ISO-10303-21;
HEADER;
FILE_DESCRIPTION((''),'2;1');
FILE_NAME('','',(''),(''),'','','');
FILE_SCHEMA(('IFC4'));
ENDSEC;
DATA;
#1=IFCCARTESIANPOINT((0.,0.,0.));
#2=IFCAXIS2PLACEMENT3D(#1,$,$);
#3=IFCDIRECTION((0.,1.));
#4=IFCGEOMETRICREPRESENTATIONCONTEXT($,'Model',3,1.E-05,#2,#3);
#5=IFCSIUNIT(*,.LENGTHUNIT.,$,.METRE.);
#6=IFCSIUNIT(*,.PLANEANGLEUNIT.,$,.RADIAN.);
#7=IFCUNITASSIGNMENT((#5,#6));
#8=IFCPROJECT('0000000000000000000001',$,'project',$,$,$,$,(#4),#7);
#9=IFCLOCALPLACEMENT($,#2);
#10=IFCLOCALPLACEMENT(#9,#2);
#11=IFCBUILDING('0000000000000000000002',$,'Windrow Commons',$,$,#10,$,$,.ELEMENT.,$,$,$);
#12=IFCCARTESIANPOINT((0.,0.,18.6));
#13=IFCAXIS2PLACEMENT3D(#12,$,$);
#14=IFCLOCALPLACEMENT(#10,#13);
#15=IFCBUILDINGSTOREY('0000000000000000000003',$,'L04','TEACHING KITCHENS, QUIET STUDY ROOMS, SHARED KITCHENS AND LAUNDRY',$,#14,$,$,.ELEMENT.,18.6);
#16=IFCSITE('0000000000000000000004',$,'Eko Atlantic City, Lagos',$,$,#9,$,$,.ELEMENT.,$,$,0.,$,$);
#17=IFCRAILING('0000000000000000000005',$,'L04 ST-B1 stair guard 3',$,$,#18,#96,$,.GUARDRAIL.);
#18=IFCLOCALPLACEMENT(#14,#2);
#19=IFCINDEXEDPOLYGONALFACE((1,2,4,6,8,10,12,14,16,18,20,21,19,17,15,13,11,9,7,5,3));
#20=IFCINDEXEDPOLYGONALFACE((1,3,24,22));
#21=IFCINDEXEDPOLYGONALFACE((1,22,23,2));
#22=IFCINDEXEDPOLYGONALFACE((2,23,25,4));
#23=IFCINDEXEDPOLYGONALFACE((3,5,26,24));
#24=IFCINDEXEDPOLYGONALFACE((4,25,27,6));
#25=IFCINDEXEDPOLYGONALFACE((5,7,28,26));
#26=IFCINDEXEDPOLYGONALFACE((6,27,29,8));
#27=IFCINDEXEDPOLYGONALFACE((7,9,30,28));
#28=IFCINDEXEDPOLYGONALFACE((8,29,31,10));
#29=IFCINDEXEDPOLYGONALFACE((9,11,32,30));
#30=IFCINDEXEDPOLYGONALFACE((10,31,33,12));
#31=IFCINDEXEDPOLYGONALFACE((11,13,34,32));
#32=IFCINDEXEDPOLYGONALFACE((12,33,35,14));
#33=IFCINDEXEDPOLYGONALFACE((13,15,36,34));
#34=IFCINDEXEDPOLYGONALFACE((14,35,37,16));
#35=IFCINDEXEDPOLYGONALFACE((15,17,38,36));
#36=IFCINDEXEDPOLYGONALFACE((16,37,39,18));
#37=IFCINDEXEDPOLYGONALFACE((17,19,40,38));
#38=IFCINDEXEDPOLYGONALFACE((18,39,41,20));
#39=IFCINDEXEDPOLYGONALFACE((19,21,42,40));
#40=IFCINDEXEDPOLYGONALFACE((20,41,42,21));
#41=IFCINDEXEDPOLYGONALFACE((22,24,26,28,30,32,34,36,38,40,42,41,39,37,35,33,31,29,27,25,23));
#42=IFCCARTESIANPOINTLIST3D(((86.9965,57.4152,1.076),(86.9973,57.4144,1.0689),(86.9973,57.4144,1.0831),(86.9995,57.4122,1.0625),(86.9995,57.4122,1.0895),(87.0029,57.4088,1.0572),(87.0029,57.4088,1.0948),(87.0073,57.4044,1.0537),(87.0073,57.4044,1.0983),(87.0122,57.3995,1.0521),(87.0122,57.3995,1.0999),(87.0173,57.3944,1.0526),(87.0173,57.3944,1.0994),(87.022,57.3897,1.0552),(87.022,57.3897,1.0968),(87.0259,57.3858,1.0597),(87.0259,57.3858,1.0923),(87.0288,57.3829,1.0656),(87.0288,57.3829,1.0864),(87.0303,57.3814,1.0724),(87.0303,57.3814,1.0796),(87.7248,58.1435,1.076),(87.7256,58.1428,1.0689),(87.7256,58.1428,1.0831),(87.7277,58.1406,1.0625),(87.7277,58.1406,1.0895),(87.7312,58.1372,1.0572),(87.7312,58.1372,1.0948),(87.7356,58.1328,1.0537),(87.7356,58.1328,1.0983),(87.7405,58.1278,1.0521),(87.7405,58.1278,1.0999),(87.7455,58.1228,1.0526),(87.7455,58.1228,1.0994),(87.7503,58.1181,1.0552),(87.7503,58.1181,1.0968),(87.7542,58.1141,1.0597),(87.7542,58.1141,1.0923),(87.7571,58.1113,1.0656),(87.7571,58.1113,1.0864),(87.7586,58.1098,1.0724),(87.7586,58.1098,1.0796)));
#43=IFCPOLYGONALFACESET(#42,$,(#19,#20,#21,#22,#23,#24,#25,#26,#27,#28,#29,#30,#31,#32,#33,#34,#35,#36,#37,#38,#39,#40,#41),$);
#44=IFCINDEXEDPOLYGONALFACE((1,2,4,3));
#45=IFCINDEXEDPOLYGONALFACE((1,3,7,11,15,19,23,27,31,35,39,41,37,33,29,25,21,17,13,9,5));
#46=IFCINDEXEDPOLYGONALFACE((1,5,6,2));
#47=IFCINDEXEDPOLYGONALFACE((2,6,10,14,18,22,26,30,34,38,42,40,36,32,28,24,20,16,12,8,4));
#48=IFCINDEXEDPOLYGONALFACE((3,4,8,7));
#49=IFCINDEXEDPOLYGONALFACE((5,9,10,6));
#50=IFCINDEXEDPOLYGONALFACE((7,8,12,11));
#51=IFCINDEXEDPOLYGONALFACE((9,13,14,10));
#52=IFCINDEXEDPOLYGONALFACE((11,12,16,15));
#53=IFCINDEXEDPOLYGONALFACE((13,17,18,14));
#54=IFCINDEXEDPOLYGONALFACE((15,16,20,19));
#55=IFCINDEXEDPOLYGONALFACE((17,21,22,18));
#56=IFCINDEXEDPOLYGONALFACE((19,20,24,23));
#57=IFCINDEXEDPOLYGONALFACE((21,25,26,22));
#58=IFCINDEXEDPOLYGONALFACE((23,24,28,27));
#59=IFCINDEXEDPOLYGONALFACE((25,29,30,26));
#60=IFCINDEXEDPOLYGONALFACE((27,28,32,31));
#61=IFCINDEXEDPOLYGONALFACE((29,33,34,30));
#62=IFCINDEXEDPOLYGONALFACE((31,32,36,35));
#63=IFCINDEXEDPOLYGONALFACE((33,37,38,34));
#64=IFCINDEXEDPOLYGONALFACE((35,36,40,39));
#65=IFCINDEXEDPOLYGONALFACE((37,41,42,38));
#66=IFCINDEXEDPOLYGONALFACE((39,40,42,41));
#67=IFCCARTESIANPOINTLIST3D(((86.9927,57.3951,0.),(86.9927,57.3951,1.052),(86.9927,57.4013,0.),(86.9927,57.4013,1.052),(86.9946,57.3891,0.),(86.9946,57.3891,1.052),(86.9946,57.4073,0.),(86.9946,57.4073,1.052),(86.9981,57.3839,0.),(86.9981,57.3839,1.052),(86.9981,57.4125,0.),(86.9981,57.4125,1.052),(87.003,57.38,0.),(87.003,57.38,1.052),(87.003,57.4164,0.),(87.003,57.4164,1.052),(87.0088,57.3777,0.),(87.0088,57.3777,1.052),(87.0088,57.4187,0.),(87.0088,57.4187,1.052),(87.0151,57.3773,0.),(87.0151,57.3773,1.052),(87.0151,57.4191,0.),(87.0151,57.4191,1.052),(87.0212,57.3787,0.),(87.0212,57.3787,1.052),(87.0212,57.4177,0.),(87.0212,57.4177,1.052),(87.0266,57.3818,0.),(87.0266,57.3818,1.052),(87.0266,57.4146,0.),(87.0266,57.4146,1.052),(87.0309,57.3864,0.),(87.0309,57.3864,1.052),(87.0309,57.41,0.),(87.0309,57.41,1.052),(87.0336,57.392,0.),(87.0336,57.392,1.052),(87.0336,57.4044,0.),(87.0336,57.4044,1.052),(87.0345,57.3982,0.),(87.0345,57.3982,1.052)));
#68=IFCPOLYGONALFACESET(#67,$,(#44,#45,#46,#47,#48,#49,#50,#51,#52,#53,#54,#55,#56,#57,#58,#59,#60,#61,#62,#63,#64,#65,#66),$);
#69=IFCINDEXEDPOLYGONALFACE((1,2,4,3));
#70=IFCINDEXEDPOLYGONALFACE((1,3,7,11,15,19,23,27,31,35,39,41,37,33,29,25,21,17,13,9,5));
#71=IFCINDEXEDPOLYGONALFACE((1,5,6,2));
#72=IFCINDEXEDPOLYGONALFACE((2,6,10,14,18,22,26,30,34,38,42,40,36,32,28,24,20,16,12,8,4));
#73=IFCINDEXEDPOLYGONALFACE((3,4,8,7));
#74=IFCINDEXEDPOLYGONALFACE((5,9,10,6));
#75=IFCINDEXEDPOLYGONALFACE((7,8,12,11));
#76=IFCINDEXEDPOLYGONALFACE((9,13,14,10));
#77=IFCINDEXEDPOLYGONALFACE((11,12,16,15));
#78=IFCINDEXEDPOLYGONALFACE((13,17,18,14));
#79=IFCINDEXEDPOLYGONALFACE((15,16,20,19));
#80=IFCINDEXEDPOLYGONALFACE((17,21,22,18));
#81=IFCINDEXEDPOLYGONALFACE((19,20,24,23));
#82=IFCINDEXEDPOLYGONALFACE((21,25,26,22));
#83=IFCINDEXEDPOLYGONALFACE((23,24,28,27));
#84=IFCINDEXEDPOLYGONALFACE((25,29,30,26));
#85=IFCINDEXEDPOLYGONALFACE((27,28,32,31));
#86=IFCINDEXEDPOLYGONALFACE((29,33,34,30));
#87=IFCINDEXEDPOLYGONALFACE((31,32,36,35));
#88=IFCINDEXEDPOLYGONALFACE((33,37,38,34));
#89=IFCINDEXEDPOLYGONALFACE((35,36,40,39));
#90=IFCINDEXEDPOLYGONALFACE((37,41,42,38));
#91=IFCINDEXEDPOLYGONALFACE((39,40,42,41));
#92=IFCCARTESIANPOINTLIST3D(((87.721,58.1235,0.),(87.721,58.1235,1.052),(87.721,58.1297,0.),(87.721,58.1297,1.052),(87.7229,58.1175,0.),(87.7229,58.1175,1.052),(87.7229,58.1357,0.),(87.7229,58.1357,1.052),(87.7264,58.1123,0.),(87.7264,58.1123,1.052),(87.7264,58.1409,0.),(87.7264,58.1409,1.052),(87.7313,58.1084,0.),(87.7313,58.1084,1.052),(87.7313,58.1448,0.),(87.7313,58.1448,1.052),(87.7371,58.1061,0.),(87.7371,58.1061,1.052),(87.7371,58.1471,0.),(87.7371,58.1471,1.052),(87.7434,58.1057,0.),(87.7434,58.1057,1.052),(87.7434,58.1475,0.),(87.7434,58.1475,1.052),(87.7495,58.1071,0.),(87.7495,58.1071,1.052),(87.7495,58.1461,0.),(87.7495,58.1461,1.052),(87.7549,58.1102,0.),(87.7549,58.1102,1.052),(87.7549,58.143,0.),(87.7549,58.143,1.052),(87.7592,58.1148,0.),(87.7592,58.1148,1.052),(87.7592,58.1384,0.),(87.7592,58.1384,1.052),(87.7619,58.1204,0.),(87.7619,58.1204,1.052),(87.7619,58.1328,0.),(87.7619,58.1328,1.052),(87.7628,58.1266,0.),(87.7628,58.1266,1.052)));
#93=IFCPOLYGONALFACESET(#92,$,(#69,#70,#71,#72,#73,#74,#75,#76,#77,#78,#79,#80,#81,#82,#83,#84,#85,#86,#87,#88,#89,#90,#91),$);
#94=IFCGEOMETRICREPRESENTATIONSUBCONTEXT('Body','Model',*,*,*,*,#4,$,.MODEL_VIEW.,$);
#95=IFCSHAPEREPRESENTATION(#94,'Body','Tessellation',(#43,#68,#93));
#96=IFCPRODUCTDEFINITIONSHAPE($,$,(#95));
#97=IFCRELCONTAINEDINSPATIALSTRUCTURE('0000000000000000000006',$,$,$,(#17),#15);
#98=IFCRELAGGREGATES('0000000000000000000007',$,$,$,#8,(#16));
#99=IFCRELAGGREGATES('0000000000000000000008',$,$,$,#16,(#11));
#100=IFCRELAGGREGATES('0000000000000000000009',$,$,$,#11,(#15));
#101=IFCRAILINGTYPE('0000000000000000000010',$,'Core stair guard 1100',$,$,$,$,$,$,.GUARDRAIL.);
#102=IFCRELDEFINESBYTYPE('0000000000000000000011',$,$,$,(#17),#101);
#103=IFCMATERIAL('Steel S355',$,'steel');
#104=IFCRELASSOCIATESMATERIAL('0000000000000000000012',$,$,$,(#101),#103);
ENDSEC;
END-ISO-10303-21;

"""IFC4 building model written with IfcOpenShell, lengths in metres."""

from ifc_helpers import new_model, si_unit, direction, frame, origin, origin_2d, place, context, subcontext, project, spatial, circle, extrude, material, type_object, element, save


model = new_model("IFC4")

# Units and contexts
model_context = context("Model", 3, precision=1e-05, world=origin(), true_north=direction((0.0, 1.0)))
body_context = subcontext(model_context, "Body", "Model", "MODEL_VIEW")
ifc_project = project(units=[si_unit("LENGTHUNIT", "METRE"), si_unit("PLANEANGLEUNIT", "RADIAN")], contexts=[model_context])

# Site, building, storey
site_placement = place(None, origin())
site = spatial("IfcSite", under=ifc_project, at=site_placement, Name="Eko Atlantic City, Lagos", CompositionType="ELEMENT", RefElevation=0.0)
building_placement = place(site_placement, origin())
building = spatial("IfcBuilding", under=site, at=building_placement, Name="Windrow Commons", CompositionType="ELEMENT")
storey_placement = place(building_placement, frame((0.0, 0.0, 18.6)))
storey = spatial("IfcBuildingStorey", under=building, at=storey_placement, Name="L04", Description="TEACHING KITCHENS, QUIET STUDY ROOMS, SHARED KITCHENS AND LAUNDRY", CompositionType="ELEMENT", Elevation=18.6)

# Railing
ifc_material_1 = material(Name="Steel S355", Category="steel")
railing_type = type_object("IfcRailingType", Name="Core stair guard 1100", PredefinedType="GUARDRAIL", material=ifc_material_1)
railing_1_placement = place(storey_placement, frame((87.0135, 57.3982, 0.0)))
element("IfcRailing", 1, at=railing_1_placement, inside=storey, type_object=railing_type, Name="L04 ST-B1 stair guard 3", PredefinedType="GUARDRAIL", context=body_context, shape_type="SweptSolid", body=[
    extrude(circle(Radius=0.024, at=origin_2d()), frame((0.0, 0.0, 1.076), z_axis=(0.707058, 0.707155, 0.0), x_axis=(-0.707155, 0.707058, 0.0)), (0.0, 0.0, 1.0), 1.03),
    extrude(circle(Radius=0.021, at=origin_2d()), origin(), (0.0, 0.0, 1.0), 1.052),
    extrude(circle(Radius=0.021, at=origin_2d()), frame((0.7283, 0.7284, 0.0)), (0.0, 0.0, 1.0), 1.052),
])

save(model, "model.ifc")
